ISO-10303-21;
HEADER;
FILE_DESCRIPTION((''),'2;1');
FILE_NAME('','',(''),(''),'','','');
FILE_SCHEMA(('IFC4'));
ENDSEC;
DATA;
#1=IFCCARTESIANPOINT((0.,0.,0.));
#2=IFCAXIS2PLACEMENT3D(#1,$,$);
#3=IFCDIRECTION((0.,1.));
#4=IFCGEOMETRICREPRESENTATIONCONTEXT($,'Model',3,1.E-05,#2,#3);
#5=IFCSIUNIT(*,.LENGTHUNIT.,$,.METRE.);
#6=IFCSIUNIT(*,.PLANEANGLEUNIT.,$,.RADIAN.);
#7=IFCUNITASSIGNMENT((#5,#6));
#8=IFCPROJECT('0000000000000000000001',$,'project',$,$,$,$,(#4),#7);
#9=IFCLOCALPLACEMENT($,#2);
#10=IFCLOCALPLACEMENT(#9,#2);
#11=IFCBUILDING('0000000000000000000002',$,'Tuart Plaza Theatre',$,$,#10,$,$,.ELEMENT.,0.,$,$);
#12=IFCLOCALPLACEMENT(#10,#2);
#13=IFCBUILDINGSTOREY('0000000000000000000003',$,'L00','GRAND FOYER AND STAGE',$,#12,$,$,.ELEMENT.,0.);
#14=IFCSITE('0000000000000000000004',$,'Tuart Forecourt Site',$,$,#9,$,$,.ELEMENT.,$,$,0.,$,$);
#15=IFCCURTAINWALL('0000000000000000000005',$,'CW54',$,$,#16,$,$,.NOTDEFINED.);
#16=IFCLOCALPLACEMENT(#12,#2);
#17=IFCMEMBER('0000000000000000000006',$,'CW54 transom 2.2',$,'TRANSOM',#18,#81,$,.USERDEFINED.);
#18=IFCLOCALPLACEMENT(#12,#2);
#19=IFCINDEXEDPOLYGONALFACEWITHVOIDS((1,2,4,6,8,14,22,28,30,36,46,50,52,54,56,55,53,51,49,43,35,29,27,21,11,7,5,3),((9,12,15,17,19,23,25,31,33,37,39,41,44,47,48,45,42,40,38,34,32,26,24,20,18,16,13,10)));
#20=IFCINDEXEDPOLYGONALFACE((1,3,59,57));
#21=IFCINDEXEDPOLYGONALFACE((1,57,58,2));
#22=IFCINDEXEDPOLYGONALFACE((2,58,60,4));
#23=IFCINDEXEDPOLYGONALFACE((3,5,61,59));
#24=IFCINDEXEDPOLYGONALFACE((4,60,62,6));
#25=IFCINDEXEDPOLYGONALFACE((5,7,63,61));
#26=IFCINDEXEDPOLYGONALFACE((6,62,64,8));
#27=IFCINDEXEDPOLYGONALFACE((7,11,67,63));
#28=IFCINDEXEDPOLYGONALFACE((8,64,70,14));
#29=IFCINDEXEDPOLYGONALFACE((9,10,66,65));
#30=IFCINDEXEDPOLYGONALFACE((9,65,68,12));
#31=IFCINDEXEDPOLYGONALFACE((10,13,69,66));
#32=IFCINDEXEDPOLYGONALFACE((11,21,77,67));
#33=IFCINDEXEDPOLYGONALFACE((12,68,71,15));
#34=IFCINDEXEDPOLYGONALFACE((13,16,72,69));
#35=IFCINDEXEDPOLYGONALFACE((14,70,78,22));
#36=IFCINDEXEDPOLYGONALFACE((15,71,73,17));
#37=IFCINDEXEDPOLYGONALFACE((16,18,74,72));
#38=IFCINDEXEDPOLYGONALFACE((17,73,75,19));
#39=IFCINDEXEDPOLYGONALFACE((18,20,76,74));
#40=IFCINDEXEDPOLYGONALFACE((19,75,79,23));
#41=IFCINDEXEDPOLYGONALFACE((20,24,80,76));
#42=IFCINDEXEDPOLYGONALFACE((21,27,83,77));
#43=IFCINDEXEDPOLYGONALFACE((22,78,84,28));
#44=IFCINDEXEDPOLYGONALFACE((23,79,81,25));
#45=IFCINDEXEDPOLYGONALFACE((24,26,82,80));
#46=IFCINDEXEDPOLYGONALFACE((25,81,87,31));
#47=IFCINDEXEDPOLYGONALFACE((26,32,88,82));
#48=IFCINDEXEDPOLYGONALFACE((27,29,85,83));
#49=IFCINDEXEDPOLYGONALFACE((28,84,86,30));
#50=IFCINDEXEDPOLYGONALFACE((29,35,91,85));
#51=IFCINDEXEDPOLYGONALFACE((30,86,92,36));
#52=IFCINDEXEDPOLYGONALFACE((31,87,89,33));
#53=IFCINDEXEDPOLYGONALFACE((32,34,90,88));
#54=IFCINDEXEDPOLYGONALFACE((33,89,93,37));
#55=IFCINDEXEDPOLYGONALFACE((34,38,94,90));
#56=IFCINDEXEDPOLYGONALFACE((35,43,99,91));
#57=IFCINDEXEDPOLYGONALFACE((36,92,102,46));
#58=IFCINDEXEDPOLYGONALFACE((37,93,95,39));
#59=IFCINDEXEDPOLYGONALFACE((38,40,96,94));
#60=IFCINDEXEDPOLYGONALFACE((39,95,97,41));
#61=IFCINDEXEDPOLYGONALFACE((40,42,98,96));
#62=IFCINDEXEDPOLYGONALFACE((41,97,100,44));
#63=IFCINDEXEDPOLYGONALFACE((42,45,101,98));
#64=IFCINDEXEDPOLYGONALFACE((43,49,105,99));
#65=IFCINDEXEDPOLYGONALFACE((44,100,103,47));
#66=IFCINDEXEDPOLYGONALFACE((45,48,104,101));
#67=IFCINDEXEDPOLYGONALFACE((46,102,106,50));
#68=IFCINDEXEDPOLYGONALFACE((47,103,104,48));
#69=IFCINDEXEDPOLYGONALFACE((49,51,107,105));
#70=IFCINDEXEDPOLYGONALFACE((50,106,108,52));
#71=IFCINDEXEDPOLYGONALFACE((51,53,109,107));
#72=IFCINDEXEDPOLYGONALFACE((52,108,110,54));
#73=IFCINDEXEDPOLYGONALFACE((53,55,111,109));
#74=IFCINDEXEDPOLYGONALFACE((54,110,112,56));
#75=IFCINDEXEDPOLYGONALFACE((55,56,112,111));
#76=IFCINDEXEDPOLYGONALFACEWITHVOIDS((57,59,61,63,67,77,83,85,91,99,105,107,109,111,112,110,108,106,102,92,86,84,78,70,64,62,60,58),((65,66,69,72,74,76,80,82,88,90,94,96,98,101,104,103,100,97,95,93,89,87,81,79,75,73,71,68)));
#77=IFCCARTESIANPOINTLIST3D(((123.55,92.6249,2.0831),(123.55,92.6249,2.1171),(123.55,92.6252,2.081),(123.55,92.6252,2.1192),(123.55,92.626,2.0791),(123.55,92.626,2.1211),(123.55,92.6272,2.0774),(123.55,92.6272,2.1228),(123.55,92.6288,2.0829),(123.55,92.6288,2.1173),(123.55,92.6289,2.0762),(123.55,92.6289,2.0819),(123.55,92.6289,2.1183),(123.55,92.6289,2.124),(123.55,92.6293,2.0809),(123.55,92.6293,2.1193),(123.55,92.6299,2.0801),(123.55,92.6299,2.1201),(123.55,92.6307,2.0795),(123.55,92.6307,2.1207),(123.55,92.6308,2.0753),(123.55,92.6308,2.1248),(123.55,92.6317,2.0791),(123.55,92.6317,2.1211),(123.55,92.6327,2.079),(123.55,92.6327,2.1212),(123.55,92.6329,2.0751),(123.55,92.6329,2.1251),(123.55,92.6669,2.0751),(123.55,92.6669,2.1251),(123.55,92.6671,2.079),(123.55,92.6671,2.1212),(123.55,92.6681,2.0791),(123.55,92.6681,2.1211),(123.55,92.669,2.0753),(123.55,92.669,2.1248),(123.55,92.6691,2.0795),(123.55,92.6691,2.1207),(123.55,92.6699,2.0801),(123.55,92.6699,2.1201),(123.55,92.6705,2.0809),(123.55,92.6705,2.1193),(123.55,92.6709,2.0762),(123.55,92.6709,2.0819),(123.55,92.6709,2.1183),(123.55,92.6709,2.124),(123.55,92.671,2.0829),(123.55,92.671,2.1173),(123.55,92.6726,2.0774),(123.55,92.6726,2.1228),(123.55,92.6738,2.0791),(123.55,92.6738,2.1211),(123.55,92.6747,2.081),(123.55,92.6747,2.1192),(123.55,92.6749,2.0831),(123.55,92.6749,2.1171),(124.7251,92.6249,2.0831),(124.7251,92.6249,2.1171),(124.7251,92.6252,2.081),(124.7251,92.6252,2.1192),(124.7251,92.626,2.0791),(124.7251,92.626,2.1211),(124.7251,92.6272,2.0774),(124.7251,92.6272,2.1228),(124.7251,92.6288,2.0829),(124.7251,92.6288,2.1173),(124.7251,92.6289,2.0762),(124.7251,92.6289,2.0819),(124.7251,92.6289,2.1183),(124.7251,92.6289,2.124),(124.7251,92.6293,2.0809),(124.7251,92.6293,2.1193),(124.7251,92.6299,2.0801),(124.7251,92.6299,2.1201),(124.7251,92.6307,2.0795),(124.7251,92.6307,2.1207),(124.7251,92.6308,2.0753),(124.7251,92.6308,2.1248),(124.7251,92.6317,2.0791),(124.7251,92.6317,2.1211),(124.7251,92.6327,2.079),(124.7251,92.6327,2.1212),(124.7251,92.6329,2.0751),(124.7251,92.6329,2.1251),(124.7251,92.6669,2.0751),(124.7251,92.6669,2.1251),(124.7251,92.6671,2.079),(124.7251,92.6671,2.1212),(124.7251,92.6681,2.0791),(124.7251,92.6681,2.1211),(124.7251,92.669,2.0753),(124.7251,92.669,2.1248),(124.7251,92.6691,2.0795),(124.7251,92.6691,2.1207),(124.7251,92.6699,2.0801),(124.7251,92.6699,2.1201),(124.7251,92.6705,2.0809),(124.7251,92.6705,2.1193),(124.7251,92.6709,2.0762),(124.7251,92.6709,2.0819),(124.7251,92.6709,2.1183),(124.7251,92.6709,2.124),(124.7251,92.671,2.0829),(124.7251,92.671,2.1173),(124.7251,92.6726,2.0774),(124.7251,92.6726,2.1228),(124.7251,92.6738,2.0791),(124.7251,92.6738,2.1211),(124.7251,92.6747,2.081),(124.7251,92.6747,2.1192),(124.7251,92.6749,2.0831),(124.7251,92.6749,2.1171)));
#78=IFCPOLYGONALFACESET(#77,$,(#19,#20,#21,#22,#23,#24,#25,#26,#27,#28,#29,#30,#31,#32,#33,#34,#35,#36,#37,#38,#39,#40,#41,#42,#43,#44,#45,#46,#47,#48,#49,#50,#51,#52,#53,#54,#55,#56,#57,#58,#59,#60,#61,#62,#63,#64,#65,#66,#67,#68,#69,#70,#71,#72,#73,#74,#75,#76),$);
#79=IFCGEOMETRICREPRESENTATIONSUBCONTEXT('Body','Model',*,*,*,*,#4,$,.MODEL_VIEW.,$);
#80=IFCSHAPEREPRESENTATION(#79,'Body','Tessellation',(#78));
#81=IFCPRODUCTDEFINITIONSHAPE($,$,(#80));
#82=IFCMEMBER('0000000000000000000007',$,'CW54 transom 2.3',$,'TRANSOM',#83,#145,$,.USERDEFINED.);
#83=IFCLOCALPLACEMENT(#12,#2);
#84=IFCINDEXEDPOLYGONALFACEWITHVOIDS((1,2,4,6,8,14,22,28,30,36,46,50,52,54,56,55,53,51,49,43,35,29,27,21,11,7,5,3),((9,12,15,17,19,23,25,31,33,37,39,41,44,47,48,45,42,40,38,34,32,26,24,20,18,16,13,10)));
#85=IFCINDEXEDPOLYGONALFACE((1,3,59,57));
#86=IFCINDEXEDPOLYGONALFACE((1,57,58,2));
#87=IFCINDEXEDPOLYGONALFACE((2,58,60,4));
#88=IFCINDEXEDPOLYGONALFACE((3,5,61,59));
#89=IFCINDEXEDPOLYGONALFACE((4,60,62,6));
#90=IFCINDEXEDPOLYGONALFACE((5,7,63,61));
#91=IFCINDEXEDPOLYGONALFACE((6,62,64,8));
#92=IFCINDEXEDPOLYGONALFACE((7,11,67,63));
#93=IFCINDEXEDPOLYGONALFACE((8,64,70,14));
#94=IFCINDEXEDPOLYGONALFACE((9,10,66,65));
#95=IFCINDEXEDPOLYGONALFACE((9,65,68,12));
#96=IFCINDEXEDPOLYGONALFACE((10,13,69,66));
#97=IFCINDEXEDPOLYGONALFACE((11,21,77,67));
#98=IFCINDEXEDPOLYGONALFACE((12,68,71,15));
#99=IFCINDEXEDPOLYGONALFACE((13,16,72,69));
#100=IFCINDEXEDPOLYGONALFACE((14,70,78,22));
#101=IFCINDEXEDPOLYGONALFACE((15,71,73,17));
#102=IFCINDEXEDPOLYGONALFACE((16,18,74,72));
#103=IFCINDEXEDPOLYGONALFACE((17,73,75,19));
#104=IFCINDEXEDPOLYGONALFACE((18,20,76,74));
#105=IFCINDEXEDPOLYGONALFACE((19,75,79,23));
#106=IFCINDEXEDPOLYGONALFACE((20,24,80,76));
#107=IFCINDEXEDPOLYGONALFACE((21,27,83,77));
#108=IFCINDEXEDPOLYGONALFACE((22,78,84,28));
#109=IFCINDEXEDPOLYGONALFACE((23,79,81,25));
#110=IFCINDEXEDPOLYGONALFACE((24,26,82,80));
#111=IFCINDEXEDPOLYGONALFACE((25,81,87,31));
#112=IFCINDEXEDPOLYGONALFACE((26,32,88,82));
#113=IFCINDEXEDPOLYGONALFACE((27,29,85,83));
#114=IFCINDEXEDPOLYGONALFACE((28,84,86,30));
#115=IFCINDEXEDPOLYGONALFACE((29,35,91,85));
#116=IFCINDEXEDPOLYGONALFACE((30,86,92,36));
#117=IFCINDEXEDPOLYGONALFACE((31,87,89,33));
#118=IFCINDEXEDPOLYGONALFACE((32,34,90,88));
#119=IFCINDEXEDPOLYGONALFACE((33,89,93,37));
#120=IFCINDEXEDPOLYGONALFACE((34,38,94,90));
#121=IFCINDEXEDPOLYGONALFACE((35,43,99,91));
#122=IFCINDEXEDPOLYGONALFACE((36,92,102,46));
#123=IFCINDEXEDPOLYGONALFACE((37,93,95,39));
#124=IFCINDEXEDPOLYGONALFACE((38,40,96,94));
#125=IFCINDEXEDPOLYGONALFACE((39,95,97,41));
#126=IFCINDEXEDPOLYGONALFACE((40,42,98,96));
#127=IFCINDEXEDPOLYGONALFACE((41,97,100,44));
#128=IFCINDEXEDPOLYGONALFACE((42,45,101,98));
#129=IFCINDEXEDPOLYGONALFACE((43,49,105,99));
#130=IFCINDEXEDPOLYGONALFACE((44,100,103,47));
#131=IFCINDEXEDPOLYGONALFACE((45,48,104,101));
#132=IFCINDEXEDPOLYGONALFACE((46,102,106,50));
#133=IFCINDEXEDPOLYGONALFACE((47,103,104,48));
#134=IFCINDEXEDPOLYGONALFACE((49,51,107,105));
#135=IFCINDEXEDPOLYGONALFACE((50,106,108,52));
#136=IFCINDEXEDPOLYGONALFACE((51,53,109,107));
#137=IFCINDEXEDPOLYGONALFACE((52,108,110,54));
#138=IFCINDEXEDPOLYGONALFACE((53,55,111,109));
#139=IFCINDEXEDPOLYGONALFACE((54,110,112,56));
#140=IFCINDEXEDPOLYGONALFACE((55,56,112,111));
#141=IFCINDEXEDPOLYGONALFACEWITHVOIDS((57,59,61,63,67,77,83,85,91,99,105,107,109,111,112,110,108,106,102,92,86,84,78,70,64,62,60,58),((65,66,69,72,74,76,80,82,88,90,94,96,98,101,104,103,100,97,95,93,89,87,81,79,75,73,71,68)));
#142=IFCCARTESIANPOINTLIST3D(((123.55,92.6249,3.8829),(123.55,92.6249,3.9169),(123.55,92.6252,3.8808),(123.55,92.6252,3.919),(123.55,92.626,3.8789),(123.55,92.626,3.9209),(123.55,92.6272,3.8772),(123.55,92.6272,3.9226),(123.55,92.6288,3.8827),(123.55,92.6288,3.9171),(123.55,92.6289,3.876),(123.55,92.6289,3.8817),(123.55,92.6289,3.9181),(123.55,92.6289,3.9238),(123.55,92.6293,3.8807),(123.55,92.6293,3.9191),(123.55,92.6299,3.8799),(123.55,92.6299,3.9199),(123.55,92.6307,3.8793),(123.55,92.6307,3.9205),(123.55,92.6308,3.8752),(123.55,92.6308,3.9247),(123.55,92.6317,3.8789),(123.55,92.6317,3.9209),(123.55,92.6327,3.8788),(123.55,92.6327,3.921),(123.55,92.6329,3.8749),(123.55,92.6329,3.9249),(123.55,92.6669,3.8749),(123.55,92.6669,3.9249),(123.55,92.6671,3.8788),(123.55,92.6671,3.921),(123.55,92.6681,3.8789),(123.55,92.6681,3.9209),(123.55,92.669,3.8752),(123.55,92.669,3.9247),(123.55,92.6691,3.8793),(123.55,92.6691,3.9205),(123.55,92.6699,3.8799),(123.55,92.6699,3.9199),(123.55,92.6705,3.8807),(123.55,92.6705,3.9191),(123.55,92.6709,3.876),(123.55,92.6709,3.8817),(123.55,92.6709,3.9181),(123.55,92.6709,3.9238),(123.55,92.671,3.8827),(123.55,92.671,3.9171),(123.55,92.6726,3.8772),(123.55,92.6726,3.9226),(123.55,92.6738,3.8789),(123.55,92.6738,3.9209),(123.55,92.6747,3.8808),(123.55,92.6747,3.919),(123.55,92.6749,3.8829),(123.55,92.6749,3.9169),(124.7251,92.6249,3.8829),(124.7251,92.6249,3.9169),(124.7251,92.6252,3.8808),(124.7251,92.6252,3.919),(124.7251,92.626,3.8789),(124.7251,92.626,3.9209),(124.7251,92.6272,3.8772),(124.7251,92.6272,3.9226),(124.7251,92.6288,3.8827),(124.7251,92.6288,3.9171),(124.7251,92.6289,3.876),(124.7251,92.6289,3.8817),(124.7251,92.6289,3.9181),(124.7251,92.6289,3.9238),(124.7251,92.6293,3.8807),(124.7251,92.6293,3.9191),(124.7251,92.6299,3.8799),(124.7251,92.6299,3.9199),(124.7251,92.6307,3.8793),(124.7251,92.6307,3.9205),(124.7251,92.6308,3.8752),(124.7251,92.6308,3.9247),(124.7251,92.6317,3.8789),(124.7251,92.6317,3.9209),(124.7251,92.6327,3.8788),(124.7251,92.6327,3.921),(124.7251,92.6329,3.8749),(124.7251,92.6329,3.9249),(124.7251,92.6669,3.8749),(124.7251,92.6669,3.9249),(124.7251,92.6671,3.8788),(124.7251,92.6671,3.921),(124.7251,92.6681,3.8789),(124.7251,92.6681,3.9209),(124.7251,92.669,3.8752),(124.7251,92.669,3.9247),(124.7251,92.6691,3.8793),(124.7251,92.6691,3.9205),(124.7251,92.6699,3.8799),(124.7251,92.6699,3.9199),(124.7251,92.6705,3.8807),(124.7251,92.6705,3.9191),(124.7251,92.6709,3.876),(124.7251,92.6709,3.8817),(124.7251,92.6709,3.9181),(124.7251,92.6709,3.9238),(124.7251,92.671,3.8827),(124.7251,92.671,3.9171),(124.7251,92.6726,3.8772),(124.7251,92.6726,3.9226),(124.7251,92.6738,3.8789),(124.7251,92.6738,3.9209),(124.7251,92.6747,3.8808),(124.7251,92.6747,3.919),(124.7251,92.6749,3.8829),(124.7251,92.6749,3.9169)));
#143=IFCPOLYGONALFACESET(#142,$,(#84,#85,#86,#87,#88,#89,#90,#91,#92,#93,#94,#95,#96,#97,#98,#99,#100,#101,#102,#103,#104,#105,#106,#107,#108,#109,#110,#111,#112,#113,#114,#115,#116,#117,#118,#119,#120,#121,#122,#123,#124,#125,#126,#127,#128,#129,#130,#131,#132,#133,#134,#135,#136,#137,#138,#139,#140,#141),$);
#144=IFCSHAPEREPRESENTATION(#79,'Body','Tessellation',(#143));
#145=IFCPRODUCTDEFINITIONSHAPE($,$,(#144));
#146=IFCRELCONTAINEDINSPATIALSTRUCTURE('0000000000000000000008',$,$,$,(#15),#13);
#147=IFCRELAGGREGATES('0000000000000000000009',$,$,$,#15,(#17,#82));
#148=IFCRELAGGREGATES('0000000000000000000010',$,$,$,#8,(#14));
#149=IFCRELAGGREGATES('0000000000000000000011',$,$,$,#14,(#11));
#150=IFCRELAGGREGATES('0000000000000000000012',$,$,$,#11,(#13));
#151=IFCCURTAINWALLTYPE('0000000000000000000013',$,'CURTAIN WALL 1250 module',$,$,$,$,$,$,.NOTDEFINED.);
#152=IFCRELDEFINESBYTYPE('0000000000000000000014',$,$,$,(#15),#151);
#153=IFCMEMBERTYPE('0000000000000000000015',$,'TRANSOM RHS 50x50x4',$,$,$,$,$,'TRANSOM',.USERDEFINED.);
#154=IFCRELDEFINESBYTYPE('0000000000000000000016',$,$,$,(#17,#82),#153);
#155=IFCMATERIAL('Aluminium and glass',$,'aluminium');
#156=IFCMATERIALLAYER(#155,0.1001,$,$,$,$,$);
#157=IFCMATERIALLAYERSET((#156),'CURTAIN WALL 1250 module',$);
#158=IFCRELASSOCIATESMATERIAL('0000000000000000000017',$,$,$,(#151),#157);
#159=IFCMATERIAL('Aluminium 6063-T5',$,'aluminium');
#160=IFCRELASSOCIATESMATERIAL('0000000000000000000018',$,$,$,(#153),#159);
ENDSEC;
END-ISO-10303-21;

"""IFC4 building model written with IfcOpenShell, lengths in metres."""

from ifc_helpers import new_model, si_unit, direction, frame, origin, origin_2d, place, context, subcontext, project, spatial, hollow_rectangle, extrude, material, layer, layer_set, material_profile, profile_set, type_object, element, aggregate, save


model = new_model("IFC4")

# Units and contexts
model_context = context("Model", 3, precision=1e-05, world=origin(), true_north=direction((0.0, 1.0)))
body_context = subcontext(model_context, "Body", "Model", "MODEL_VIEW")
ifc_project = project(units=[si_unit("LENGTHUNIT", "METRE"), si_unit("PLANEANGLEUNIT", "RADIAN")], contexts=[model_context])

# Site, building, storey
site_placement = place(None, origin())
site = spatial("IfcSite", under=ifc_project, at=site_placement, Name="Tuart Forecourt Site", CompositionType="ELEMENT", RefElevation=0.0)
building_placement = place(site_placement, origin())
building = spatial("IfcBuilding", under=site, at=building_placement, Name="Tuart Plaza Theatre", CompositionType="ELEMENT", ElevationOfRefHeight=0.0)
storey_placement = place(building_placement, origin())
storey = spatial("IfcBuildingStorey", under=building, at=storey_placement, Name="L00", Description="GRAND FOYER AND STAGE", CompositionType="ELEMENT", Elevation=0.0)

# Curtain wall, members
ifc_material_1 = material(Name="Aluminium and glass", Category="aluminium")
ifc_layer_1 = layer(ifc_material_1, 0.1001)
ifc_layer_set_1 = layer_set([ifc_layer_1], Name="CURTAIN WALL 1250 module")
curtain_wall_type = type_object("IfcCurtainWallType", Name="CURTAIN WALL 1250 module", PredefinedType="NOTDEFINED", material=ifc_layer_set_1)
curtain_wall_placement = place(storey_placement, origin())
curtain_wall = element("IfcCurtainWall", 1, at=curtain_wall_placement, inside=storey, type_object=curtain_wall_type, Name="CW54", PredefinedType="NOTDEFINED")
ifc_material_2 = material(Name="Aluminium 6063-T5", Category="aluminium")
ifc_material_profile_1 = material_profile(ifc_material_2, hollow_rectangle(XDim=0.05, YDim=0.05, WallThickness=0.0039, InnerFilletRadius=0.0039, OuterFilletRadius=0.0081, at=origin_2d()), Name="RHS 50x50x4")
ifc_profile_set_1 = profile_set([ifc_material_profile_1], Name="Aluminium 6063-T5")
member_type_1 = type_object("IfcMemberType", Name="TRANSOM RHS 50x50x4", ElementType="TRANSOM", PredefinedType="USERDEFINED", material=ifc_profile_set_1)
member_1_placement = place(storey_placement, frame((124.7251, 92.6499, 2.1001), z_axis=(-1.0, 0.0, 0.0), x_axis=(0.0, -1.0, 0.0)))
member_1 = element("IfcMember", 2, at=member_1_placement, type_object=member_type_1, Name="CW54 transom 2.2", ObjectType="TRANSOM", PredefinedType="USERDEFINED", context=body_context, shape_type="SweptSolid", body=[
    extrude(hollow_rectangle(XDim=0.05, YDim=0.05, WallThickness=0.0039, InnerFilletRadius=0.0039, OuterFilletRadius=0.0081, at=origin_2d()), origin(), (0.0, 0.0, 1.0), 1.175),
])
member_2_placement = place(storey_placement, frame((124.7251, 92.6499, 3.8999), z_axis=(-1.0, 0.0, 0.0), x_axis=(0.0, -1.0, 0.0)))
member_2 = element("IfcMember", 3, at=member_2_placement, type_object=member_type_1, Name="CW54 transom 2.3", ObjectType="TRANSOM", PredefinedType="USERDEFINED", context=body_context, shape_type="SweptSolid", body=[
    extrude(hollow_rectangle(XDim=0.05, YDim=0.05, WallThickness=0.0039, InnerFilletRadius=0.0039, OuterFilletRadius=0.0081, at=origin_2d()), origin(), (0.0, 0.0, 1.0), 1.175),
])
aggregate(curtain_wall, [member_1, member_2])

save(model, "model.ifc")
